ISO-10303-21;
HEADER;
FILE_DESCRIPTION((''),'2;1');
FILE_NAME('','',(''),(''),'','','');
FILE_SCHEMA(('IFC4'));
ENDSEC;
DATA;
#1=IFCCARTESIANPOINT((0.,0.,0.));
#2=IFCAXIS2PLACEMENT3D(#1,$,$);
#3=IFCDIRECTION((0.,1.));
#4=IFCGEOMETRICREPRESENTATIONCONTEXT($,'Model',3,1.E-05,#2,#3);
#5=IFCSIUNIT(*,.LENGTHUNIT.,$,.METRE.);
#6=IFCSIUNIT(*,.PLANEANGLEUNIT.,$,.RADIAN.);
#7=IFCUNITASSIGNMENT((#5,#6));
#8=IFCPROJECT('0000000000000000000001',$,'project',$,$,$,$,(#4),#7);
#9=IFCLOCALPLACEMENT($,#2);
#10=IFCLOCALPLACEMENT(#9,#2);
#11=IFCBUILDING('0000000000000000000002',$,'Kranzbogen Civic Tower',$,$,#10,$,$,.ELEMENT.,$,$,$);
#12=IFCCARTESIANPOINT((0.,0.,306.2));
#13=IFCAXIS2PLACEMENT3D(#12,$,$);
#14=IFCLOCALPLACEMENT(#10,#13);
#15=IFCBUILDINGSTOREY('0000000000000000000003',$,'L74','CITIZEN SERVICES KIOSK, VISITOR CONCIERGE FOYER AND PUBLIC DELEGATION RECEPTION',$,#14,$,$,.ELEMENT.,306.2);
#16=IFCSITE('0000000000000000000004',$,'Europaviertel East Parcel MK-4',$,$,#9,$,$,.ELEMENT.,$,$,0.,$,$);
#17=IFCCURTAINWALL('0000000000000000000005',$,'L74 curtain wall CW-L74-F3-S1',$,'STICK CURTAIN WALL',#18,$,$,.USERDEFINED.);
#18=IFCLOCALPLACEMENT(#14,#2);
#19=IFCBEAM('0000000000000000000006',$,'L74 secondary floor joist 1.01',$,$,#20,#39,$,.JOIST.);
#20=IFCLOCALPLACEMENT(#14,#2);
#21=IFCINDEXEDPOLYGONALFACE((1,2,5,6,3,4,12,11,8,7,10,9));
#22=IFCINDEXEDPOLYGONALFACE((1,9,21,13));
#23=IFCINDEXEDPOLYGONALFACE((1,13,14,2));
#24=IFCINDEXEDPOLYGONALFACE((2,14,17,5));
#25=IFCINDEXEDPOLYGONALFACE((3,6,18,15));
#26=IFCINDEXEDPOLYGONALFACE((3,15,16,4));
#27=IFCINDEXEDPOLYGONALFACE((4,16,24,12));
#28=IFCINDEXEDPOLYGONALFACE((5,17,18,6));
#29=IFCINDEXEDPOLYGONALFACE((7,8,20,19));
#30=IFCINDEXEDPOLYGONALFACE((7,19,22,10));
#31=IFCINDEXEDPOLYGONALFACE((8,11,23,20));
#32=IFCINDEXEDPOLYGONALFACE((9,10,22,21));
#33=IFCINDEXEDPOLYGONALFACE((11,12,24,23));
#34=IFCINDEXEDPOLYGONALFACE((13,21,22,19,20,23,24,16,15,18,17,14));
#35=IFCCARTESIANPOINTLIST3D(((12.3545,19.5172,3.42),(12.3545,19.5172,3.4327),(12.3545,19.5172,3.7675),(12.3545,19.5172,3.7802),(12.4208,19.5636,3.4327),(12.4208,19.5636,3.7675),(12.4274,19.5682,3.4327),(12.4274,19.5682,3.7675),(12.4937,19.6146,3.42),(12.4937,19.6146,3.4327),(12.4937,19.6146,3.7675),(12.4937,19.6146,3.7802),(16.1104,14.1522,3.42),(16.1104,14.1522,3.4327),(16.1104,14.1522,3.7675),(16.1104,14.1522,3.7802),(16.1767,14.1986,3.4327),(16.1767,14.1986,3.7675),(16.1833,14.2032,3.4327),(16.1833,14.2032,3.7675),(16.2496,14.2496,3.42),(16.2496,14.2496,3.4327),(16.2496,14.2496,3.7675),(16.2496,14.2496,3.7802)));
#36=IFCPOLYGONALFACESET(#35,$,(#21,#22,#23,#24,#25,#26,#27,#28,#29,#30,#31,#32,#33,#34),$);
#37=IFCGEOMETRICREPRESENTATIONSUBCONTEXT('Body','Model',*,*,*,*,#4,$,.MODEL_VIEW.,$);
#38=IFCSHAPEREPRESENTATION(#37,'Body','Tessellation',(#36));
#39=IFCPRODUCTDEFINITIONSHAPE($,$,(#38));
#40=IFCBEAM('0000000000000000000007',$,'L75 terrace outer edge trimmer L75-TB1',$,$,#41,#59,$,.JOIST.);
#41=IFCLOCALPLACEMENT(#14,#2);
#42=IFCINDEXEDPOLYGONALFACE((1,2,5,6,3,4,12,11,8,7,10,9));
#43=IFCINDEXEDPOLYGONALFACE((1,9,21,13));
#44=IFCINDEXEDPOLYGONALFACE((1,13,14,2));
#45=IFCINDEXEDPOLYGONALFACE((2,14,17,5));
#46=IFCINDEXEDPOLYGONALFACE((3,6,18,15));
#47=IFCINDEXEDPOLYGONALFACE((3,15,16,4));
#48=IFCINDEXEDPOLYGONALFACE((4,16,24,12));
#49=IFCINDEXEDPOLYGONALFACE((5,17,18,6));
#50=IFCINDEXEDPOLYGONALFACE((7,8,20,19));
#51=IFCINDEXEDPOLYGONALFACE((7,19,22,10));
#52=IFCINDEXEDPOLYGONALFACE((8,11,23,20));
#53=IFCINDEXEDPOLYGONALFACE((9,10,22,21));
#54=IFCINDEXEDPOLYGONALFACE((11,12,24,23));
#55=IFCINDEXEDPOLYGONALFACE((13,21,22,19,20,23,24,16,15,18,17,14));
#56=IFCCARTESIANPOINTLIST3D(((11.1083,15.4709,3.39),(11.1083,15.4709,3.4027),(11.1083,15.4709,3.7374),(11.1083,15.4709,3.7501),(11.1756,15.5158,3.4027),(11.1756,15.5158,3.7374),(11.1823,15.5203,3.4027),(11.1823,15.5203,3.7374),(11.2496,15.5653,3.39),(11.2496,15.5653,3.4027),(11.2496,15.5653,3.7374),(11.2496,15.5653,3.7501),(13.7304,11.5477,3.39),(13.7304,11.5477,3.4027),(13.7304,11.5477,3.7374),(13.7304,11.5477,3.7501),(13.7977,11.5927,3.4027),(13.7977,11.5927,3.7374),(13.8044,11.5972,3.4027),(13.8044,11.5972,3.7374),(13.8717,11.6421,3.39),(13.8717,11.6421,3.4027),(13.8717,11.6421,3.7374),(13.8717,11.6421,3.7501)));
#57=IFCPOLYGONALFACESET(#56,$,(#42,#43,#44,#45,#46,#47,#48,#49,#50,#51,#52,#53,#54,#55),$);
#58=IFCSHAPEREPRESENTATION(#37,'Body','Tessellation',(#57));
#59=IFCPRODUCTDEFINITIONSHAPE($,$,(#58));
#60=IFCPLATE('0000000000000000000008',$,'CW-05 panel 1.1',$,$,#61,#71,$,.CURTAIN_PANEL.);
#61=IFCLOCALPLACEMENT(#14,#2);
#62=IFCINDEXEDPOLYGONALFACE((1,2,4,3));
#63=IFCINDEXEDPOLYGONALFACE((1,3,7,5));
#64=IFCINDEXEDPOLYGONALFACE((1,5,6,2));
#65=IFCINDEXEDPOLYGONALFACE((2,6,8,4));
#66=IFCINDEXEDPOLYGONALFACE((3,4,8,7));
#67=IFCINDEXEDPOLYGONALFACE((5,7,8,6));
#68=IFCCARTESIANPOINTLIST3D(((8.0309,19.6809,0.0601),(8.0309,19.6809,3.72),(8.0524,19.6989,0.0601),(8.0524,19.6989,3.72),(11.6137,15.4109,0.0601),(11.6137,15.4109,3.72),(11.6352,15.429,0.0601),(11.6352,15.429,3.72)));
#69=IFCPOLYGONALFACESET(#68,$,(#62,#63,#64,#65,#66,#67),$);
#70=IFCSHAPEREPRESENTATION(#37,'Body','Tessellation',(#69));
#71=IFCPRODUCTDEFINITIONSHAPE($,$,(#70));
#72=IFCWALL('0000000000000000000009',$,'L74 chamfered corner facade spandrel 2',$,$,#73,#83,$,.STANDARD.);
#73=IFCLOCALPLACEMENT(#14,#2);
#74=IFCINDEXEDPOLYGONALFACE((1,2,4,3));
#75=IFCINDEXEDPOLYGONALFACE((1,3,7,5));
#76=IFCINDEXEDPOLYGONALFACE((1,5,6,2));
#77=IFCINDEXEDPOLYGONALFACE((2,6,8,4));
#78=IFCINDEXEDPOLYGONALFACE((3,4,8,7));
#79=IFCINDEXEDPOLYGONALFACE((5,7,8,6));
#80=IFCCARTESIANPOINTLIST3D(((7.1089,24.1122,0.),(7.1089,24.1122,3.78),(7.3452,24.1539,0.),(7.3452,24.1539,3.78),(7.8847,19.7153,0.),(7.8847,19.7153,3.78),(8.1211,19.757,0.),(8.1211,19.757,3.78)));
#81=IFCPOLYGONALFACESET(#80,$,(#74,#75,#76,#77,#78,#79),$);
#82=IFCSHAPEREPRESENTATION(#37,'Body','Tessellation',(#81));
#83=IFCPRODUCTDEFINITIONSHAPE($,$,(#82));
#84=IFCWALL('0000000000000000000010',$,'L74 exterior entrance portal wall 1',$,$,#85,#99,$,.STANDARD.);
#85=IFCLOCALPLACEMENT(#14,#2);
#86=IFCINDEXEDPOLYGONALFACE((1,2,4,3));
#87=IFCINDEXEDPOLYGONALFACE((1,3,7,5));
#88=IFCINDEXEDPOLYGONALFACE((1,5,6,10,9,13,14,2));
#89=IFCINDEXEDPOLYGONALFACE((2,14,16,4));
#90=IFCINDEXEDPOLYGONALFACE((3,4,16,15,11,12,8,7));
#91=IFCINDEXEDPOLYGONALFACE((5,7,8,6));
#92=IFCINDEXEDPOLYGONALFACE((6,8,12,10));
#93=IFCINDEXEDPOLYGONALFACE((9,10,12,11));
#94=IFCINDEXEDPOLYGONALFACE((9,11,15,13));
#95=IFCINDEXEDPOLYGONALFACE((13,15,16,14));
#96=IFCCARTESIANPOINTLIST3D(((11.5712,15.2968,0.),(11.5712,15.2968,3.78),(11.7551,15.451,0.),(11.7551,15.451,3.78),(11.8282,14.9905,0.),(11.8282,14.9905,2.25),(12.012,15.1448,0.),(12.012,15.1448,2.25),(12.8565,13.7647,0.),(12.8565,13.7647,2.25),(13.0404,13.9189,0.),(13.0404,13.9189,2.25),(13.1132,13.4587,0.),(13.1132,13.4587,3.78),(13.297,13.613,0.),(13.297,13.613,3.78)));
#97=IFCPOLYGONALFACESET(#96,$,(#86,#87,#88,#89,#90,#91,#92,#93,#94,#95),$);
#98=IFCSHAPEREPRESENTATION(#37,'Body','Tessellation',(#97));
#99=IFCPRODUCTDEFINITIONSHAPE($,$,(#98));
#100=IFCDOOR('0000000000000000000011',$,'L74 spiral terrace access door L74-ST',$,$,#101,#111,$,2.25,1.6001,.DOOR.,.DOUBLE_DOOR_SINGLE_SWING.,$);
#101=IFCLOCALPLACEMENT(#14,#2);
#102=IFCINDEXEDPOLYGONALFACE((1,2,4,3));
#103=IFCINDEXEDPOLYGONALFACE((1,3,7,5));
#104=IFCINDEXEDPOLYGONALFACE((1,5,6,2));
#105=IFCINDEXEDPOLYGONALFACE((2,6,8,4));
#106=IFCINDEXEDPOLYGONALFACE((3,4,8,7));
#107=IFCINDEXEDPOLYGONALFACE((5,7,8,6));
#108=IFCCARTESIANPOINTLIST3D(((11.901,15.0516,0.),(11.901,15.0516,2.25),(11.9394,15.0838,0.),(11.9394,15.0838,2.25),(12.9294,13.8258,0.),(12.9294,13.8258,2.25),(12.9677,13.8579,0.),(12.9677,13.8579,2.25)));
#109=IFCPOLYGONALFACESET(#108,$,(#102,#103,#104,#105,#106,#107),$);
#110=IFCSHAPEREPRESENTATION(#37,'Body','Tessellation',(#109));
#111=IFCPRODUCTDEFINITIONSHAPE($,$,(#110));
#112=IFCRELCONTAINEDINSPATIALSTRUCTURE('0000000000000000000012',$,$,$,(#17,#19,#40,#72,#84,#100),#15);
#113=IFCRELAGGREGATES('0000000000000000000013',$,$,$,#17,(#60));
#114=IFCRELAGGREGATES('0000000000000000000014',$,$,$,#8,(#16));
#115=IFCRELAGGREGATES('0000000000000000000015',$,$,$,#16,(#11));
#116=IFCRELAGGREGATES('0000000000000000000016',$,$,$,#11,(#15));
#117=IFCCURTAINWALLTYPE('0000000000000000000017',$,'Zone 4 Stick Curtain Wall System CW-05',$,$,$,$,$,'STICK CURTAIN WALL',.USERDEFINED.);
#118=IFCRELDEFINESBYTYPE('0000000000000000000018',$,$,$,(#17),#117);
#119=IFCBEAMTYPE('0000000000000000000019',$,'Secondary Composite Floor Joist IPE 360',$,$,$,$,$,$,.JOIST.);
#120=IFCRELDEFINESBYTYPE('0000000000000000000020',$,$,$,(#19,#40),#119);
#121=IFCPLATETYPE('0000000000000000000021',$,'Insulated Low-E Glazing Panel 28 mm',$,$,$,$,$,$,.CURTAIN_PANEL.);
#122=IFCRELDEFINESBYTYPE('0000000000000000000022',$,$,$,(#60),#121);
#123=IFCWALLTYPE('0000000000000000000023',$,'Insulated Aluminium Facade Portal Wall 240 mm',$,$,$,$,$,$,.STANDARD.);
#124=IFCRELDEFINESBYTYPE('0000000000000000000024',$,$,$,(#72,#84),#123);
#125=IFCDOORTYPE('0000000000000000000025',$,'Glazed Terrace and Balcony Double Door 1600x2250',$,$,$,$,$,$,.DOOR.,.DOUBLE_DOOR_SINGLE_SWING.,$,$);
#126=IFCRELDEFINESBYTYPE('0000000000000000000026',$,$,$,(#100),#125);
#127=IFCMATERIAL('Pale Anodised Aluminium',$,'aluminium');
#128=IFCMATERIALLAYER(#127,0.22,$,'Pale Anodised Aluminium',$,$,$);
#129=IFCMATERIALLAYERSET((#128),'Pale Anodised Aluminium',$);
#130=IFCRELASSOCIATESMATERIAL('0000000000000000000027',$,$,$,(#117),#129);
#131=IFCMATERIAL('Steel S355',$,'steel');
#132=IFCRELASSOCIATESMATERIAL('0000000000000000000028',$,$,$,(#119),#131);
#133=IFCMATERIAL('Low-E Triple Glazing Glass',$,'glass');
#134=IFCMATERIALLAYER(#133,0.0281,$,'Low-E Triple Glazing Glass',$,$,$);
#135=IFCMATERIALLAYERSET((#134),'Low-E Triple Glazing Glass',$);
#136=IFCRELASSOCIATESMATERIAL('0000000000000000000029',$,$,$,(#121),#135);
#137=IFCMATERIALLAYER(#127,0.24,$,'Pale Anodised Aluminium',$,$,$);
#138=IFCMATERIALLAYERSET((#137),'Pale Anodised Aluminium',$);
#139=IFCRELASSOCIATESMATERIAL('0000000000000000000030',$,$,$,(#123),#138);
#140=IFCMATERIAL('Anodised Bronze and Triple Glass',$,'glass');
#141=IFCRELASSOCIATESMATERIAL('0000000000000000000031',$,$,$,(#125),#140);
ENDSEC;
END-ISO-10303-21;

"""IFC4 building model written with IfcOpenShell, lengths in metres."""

from ifc_helpers import new_model, si_unit, direction, frame, frame_2d, origin, origin_2d, place, context, subcontext, project, spatial, rectangle, i_section, extrude, material, layer, layer_set, material_profile, profile_set, type_object, element, fill, aggregate, save


model = new_model("IFC4")

# Units and contexts
model_context = context("Model", 3, precision=1e-05, world=origin(), true_north=direction((0.0, 1.0)))
body_context = subcontext(model_context, "Body", "Model", "MODEL_VIEW")
ifc_project = project(units=[si_unit("LENGTHUNIT", "METRE"), si_unit("PLANEANGLEUNIT", "RADIAN")], contexts=[model_context])

# Site, building, storey
site_placement = place(None, origin())
site = spatial("IfcSite", under=ifc_project, at=site_placement, Name="Europaviertel East Parcel MK-4", CompositionType="ELEMENT", RefElevation=0.0)
building_placement = place(site_placement, origin())
building = spatial("IfcBuilding", under=site, at=building_placement, Name="Kranzbogen Civic Tower", CompositionType="ELEMENT")
storey_placement = place(building_placement, frame((0.0, 0.0, 306.2)))
storey = spatial("IfcBuildingStorey", under=building, at=storey_placement, Name="L74", Description="CITIZEN SERVICES KIOSK, VISITOR CONCIERGE FOYER AND PUBLIC DELEGATION RECEPTION", CompositionType="ELEMENT", Elevation=306.2)

# Shared definitions
ifc_material_1 = material(Name="Steel S355", Category="steel")

# Curtain wall
ifc_material_2 = material(Name="Pale Anodised Aluminium", Category="aluminium")
ifc_layer_1 = layer(ifc_material_2, 0.22, Name="Pale Anodised Aluminium")
ifc_layer_set_1 = layer_set([ifc_layer_1], Name="Pale Anodised Aluminium")
curtain_wall_type = type_object("IfcCurtainWallType", Name="Zone 4 Stick Curtain Wall System CW-05", ElementType="STICK CURTAIN WALL", PredefinedType="USERDEFINED", material=ifc_layer_set_1)
curtain_wall_placement = place(storey_placement, origin())
curtain_wall = element("IfcCurtainWall", 1, at=curtain_wall_placement, inside=storey, type_object=curtain_wall_type, Name="L74 curtain wall CW-L74-F3-S1", ObjectType="STICK CURTAIN WALL", PredefinedType="USERDEFINED")

# Beams
ifc_material_profile_1 = material_profile(ifc_material_1, i_section(OverallWidth=0.1699, OverallDepth=0.3601, WebThickness=0.0081, FlangeThickness=0.0127, at=origin_2d()), Name="IPE 360")
ifc_profile_set_1 = profile_set([ifc_material_profile_1], Name="Steel S355")
beam_type_1 = type_object("IfcBeamType", Name="Secondary Composite Floor Joist IPE 360", PredefinedType="JOIST", material=ifc_profile_set_1)
beam_1_placement = place(storey_placement, frame((12.4241, 19.5659, 3.6001), z_axis=(0.5735, -0.819206, 0.0), x_axis=(0.819206, 0.5735, 0.0)))
element("IfcBeam", 2, at=beam_1_placement, inside=storey, type_object=beam_type_1, Name="L74 secondary floor joist 1.01", PredefinedType="JOIST", context=body_context, shape_type="SweptSolid", body=[
    extrude(i_section(OverallWidth=0.1699, OverallDepth=0.3601, WebThickness=0.0081, FlangeThickness=0.0127, at=origin_2d()), origin(), (0.0, 0.0, 1.0), 6.5491),
])
beam_2_placement = place(storey_placement, frame((11.179, 15.5181, 3.5701), z_axis=(0.555679, -0.831397, 0.0), x_axis=(0.831397, 0.555679, 0.0)))
element("IfcBeam", 3, at=beam_2_placement, inside=storey, type_object=beam_type_1, Name="L75 terrace outer edge trimmer L75-TB1", PredefinedType="JOIST", context=body_context, shape_type="SweptSolid", body=[
    extrude(i_section(OverallWidth=0.1699, OverallDepth=0.3601, WebThickness=0.0081, FlangeThickness=0.0127, at=origin_2d()), origin(), (0.0, 0.0, 1.0), 4.7188),
])

# Plate
ifc_material_3 = material(Name="Low-E Triple Glazing Glass", Category="glass")
ifc_layer_2 = layer(ifc_material_3, 0.0281, Name="Low-E Triple Glazing Glass")
ifc_layer_set_2 = layer_set([ifc_layer_2], Name="Low-E Triple Glazing Glass")
plate_type = type_object("IfcPlateType", Name="Insulated Low-E Glazing Panel 28 mm", PredefinedType="CURTAIN_PANEL", material=ifc_layer_set_2)
plate_placement = place(storey_placement, frame((9.833, 17.5549, 0.0601), z_axis=(0.0, 0.0, 1.0), x_axis=(0.642772, -0.766058, 0.0)))
plate = element("IfcPlate", 4, at=plate_placement, type_object=plate_type, Name="CW-05 panel 1.1", PredefinedType="CURTAIN_PANEL", context=body_context, shape_type="SweptSolid", body=[
    extrude(rectangle(XDim=5.574, YDim=0.0281, at=origin_2d()), origin(), (0.0, 0.0, 1.0), 3.6599),
])
aggregate(curtain_wall, [plate])

# Wall
ifc_layer_3 = layer(ifc_material_2, 0.24, Name="Pale Anodised Aluminium")
ifc_layer_set_3 = layer_set([ifc_layer_3], Name="Pale Anodised Aluminium")
wall_type = type_object("IfcWallType", Name="Insulated Aluminium Facade Portal Wall 240 mm", PredefinedType="STANDARD", material=ifc_layer_set_3)
wall_1_placement = place(storey_placement, frame((7.2271, 24.1331, 0.0), z_axis=(0.0, 0.0, 1.0), x_axis=(0.173773, -0.984786, 0.0)))
element("IfcWall", 5, at=wall_1_placement, inside=storey, type_object=wall_type, Name="L74 chamfered corner facade spandrel 2", PredefinedType="STANDARD", context=body_context, shape_type="SweptSolid", body=[
    extrude(rectangle(XDim=4.4648, YDim=0.24, at=frame_2d((2.2324, 0.0))), origin(), (0.0, 0.0, 1.0), 3.78),
])

# Wall, opening, door
wall_2_placement = place(storey_placement, frame((11.6631, 15.374, 0.0), z_axis=(0.0, 0.0, 1.0), x_axis=(0.642693, -0.766124, 0.0)))
wall_2 = element("IfcWall", 6, at=wall_2_placement, inside=storey, type_object=wall_type, Name="L74 exterior entrance portal wall 1", PredefinedType="STANDARD", context=body_context, shape_type="SweptSolid", body=[
    extrude(rectangle(XDim=2.3992, YDim=0.24, at=frame_2d((1.1997, 0.0))), origin(), (0.0, 0.0, 1.0), 3.78),
])
opening_placement = place(wall_2_placement, frame((0.3999, 0.0, 0.0)))
opening = element("IfcOpeningElement", 7, at=opening_placement, cuts=wall_2, PredefinedType="OPENING", context=body_context, shape_type="SweptSolid", body=[
    extrude(rectangle(XDim=1.6001, YDim=2.25, at=frame_2d((0.8, 1.125))), frame((0.0, 0.1299, 0.0), z_axis=(0.0, -1.0, 0.0), x_axis=(1.0, 0.0, 0.0)), (0.0, 0.0, 1.0), 0.26),
])
ifc_material_4 = material(Name="Anodised Bronze and Triple Glass", Category="glass")
door_type = type_object("IfcDoorType", Name="Glazed Terrace and Balcony Double Door 1600x2250", OperationType="DOUBLE_DOOR_SINGLE_SWING", PredefinedType="DOOR", material=ifc_material_4)
door_placement = place(opening_placement, frame((1.6001, 0.0, 0.0), z_axis=(0.0, 0.0, 1.0), x_axis=(-1.0, 0.0, 0.0)))
door = element("IfcDoor", 8, at=door_placement, inside=storey, type_object=door_type, Name="L74 spiral terrace access door L74-ST", OperationType="DOUBLE_DOOR_SINGLE_SWING", OverallHeight=2.25, OverallWidth=1.6001, PredefinedType="DOOR", context=body_context, shape_type="SweptSolid", body=[
    extrude(rectangle(XDim=1.6001, YDim=2.25, at=frame_2d((0.8, 1.125))), frame((0.0, 0.0249, 0.0), z_axis=(0.0, -1.0, 0.0), x_axis=(1.0, 0.0, 0.0)), (0.0, 0.0, 1.0), 0.05),
])
fill(opening, door)

save(model, "model.ifc")
